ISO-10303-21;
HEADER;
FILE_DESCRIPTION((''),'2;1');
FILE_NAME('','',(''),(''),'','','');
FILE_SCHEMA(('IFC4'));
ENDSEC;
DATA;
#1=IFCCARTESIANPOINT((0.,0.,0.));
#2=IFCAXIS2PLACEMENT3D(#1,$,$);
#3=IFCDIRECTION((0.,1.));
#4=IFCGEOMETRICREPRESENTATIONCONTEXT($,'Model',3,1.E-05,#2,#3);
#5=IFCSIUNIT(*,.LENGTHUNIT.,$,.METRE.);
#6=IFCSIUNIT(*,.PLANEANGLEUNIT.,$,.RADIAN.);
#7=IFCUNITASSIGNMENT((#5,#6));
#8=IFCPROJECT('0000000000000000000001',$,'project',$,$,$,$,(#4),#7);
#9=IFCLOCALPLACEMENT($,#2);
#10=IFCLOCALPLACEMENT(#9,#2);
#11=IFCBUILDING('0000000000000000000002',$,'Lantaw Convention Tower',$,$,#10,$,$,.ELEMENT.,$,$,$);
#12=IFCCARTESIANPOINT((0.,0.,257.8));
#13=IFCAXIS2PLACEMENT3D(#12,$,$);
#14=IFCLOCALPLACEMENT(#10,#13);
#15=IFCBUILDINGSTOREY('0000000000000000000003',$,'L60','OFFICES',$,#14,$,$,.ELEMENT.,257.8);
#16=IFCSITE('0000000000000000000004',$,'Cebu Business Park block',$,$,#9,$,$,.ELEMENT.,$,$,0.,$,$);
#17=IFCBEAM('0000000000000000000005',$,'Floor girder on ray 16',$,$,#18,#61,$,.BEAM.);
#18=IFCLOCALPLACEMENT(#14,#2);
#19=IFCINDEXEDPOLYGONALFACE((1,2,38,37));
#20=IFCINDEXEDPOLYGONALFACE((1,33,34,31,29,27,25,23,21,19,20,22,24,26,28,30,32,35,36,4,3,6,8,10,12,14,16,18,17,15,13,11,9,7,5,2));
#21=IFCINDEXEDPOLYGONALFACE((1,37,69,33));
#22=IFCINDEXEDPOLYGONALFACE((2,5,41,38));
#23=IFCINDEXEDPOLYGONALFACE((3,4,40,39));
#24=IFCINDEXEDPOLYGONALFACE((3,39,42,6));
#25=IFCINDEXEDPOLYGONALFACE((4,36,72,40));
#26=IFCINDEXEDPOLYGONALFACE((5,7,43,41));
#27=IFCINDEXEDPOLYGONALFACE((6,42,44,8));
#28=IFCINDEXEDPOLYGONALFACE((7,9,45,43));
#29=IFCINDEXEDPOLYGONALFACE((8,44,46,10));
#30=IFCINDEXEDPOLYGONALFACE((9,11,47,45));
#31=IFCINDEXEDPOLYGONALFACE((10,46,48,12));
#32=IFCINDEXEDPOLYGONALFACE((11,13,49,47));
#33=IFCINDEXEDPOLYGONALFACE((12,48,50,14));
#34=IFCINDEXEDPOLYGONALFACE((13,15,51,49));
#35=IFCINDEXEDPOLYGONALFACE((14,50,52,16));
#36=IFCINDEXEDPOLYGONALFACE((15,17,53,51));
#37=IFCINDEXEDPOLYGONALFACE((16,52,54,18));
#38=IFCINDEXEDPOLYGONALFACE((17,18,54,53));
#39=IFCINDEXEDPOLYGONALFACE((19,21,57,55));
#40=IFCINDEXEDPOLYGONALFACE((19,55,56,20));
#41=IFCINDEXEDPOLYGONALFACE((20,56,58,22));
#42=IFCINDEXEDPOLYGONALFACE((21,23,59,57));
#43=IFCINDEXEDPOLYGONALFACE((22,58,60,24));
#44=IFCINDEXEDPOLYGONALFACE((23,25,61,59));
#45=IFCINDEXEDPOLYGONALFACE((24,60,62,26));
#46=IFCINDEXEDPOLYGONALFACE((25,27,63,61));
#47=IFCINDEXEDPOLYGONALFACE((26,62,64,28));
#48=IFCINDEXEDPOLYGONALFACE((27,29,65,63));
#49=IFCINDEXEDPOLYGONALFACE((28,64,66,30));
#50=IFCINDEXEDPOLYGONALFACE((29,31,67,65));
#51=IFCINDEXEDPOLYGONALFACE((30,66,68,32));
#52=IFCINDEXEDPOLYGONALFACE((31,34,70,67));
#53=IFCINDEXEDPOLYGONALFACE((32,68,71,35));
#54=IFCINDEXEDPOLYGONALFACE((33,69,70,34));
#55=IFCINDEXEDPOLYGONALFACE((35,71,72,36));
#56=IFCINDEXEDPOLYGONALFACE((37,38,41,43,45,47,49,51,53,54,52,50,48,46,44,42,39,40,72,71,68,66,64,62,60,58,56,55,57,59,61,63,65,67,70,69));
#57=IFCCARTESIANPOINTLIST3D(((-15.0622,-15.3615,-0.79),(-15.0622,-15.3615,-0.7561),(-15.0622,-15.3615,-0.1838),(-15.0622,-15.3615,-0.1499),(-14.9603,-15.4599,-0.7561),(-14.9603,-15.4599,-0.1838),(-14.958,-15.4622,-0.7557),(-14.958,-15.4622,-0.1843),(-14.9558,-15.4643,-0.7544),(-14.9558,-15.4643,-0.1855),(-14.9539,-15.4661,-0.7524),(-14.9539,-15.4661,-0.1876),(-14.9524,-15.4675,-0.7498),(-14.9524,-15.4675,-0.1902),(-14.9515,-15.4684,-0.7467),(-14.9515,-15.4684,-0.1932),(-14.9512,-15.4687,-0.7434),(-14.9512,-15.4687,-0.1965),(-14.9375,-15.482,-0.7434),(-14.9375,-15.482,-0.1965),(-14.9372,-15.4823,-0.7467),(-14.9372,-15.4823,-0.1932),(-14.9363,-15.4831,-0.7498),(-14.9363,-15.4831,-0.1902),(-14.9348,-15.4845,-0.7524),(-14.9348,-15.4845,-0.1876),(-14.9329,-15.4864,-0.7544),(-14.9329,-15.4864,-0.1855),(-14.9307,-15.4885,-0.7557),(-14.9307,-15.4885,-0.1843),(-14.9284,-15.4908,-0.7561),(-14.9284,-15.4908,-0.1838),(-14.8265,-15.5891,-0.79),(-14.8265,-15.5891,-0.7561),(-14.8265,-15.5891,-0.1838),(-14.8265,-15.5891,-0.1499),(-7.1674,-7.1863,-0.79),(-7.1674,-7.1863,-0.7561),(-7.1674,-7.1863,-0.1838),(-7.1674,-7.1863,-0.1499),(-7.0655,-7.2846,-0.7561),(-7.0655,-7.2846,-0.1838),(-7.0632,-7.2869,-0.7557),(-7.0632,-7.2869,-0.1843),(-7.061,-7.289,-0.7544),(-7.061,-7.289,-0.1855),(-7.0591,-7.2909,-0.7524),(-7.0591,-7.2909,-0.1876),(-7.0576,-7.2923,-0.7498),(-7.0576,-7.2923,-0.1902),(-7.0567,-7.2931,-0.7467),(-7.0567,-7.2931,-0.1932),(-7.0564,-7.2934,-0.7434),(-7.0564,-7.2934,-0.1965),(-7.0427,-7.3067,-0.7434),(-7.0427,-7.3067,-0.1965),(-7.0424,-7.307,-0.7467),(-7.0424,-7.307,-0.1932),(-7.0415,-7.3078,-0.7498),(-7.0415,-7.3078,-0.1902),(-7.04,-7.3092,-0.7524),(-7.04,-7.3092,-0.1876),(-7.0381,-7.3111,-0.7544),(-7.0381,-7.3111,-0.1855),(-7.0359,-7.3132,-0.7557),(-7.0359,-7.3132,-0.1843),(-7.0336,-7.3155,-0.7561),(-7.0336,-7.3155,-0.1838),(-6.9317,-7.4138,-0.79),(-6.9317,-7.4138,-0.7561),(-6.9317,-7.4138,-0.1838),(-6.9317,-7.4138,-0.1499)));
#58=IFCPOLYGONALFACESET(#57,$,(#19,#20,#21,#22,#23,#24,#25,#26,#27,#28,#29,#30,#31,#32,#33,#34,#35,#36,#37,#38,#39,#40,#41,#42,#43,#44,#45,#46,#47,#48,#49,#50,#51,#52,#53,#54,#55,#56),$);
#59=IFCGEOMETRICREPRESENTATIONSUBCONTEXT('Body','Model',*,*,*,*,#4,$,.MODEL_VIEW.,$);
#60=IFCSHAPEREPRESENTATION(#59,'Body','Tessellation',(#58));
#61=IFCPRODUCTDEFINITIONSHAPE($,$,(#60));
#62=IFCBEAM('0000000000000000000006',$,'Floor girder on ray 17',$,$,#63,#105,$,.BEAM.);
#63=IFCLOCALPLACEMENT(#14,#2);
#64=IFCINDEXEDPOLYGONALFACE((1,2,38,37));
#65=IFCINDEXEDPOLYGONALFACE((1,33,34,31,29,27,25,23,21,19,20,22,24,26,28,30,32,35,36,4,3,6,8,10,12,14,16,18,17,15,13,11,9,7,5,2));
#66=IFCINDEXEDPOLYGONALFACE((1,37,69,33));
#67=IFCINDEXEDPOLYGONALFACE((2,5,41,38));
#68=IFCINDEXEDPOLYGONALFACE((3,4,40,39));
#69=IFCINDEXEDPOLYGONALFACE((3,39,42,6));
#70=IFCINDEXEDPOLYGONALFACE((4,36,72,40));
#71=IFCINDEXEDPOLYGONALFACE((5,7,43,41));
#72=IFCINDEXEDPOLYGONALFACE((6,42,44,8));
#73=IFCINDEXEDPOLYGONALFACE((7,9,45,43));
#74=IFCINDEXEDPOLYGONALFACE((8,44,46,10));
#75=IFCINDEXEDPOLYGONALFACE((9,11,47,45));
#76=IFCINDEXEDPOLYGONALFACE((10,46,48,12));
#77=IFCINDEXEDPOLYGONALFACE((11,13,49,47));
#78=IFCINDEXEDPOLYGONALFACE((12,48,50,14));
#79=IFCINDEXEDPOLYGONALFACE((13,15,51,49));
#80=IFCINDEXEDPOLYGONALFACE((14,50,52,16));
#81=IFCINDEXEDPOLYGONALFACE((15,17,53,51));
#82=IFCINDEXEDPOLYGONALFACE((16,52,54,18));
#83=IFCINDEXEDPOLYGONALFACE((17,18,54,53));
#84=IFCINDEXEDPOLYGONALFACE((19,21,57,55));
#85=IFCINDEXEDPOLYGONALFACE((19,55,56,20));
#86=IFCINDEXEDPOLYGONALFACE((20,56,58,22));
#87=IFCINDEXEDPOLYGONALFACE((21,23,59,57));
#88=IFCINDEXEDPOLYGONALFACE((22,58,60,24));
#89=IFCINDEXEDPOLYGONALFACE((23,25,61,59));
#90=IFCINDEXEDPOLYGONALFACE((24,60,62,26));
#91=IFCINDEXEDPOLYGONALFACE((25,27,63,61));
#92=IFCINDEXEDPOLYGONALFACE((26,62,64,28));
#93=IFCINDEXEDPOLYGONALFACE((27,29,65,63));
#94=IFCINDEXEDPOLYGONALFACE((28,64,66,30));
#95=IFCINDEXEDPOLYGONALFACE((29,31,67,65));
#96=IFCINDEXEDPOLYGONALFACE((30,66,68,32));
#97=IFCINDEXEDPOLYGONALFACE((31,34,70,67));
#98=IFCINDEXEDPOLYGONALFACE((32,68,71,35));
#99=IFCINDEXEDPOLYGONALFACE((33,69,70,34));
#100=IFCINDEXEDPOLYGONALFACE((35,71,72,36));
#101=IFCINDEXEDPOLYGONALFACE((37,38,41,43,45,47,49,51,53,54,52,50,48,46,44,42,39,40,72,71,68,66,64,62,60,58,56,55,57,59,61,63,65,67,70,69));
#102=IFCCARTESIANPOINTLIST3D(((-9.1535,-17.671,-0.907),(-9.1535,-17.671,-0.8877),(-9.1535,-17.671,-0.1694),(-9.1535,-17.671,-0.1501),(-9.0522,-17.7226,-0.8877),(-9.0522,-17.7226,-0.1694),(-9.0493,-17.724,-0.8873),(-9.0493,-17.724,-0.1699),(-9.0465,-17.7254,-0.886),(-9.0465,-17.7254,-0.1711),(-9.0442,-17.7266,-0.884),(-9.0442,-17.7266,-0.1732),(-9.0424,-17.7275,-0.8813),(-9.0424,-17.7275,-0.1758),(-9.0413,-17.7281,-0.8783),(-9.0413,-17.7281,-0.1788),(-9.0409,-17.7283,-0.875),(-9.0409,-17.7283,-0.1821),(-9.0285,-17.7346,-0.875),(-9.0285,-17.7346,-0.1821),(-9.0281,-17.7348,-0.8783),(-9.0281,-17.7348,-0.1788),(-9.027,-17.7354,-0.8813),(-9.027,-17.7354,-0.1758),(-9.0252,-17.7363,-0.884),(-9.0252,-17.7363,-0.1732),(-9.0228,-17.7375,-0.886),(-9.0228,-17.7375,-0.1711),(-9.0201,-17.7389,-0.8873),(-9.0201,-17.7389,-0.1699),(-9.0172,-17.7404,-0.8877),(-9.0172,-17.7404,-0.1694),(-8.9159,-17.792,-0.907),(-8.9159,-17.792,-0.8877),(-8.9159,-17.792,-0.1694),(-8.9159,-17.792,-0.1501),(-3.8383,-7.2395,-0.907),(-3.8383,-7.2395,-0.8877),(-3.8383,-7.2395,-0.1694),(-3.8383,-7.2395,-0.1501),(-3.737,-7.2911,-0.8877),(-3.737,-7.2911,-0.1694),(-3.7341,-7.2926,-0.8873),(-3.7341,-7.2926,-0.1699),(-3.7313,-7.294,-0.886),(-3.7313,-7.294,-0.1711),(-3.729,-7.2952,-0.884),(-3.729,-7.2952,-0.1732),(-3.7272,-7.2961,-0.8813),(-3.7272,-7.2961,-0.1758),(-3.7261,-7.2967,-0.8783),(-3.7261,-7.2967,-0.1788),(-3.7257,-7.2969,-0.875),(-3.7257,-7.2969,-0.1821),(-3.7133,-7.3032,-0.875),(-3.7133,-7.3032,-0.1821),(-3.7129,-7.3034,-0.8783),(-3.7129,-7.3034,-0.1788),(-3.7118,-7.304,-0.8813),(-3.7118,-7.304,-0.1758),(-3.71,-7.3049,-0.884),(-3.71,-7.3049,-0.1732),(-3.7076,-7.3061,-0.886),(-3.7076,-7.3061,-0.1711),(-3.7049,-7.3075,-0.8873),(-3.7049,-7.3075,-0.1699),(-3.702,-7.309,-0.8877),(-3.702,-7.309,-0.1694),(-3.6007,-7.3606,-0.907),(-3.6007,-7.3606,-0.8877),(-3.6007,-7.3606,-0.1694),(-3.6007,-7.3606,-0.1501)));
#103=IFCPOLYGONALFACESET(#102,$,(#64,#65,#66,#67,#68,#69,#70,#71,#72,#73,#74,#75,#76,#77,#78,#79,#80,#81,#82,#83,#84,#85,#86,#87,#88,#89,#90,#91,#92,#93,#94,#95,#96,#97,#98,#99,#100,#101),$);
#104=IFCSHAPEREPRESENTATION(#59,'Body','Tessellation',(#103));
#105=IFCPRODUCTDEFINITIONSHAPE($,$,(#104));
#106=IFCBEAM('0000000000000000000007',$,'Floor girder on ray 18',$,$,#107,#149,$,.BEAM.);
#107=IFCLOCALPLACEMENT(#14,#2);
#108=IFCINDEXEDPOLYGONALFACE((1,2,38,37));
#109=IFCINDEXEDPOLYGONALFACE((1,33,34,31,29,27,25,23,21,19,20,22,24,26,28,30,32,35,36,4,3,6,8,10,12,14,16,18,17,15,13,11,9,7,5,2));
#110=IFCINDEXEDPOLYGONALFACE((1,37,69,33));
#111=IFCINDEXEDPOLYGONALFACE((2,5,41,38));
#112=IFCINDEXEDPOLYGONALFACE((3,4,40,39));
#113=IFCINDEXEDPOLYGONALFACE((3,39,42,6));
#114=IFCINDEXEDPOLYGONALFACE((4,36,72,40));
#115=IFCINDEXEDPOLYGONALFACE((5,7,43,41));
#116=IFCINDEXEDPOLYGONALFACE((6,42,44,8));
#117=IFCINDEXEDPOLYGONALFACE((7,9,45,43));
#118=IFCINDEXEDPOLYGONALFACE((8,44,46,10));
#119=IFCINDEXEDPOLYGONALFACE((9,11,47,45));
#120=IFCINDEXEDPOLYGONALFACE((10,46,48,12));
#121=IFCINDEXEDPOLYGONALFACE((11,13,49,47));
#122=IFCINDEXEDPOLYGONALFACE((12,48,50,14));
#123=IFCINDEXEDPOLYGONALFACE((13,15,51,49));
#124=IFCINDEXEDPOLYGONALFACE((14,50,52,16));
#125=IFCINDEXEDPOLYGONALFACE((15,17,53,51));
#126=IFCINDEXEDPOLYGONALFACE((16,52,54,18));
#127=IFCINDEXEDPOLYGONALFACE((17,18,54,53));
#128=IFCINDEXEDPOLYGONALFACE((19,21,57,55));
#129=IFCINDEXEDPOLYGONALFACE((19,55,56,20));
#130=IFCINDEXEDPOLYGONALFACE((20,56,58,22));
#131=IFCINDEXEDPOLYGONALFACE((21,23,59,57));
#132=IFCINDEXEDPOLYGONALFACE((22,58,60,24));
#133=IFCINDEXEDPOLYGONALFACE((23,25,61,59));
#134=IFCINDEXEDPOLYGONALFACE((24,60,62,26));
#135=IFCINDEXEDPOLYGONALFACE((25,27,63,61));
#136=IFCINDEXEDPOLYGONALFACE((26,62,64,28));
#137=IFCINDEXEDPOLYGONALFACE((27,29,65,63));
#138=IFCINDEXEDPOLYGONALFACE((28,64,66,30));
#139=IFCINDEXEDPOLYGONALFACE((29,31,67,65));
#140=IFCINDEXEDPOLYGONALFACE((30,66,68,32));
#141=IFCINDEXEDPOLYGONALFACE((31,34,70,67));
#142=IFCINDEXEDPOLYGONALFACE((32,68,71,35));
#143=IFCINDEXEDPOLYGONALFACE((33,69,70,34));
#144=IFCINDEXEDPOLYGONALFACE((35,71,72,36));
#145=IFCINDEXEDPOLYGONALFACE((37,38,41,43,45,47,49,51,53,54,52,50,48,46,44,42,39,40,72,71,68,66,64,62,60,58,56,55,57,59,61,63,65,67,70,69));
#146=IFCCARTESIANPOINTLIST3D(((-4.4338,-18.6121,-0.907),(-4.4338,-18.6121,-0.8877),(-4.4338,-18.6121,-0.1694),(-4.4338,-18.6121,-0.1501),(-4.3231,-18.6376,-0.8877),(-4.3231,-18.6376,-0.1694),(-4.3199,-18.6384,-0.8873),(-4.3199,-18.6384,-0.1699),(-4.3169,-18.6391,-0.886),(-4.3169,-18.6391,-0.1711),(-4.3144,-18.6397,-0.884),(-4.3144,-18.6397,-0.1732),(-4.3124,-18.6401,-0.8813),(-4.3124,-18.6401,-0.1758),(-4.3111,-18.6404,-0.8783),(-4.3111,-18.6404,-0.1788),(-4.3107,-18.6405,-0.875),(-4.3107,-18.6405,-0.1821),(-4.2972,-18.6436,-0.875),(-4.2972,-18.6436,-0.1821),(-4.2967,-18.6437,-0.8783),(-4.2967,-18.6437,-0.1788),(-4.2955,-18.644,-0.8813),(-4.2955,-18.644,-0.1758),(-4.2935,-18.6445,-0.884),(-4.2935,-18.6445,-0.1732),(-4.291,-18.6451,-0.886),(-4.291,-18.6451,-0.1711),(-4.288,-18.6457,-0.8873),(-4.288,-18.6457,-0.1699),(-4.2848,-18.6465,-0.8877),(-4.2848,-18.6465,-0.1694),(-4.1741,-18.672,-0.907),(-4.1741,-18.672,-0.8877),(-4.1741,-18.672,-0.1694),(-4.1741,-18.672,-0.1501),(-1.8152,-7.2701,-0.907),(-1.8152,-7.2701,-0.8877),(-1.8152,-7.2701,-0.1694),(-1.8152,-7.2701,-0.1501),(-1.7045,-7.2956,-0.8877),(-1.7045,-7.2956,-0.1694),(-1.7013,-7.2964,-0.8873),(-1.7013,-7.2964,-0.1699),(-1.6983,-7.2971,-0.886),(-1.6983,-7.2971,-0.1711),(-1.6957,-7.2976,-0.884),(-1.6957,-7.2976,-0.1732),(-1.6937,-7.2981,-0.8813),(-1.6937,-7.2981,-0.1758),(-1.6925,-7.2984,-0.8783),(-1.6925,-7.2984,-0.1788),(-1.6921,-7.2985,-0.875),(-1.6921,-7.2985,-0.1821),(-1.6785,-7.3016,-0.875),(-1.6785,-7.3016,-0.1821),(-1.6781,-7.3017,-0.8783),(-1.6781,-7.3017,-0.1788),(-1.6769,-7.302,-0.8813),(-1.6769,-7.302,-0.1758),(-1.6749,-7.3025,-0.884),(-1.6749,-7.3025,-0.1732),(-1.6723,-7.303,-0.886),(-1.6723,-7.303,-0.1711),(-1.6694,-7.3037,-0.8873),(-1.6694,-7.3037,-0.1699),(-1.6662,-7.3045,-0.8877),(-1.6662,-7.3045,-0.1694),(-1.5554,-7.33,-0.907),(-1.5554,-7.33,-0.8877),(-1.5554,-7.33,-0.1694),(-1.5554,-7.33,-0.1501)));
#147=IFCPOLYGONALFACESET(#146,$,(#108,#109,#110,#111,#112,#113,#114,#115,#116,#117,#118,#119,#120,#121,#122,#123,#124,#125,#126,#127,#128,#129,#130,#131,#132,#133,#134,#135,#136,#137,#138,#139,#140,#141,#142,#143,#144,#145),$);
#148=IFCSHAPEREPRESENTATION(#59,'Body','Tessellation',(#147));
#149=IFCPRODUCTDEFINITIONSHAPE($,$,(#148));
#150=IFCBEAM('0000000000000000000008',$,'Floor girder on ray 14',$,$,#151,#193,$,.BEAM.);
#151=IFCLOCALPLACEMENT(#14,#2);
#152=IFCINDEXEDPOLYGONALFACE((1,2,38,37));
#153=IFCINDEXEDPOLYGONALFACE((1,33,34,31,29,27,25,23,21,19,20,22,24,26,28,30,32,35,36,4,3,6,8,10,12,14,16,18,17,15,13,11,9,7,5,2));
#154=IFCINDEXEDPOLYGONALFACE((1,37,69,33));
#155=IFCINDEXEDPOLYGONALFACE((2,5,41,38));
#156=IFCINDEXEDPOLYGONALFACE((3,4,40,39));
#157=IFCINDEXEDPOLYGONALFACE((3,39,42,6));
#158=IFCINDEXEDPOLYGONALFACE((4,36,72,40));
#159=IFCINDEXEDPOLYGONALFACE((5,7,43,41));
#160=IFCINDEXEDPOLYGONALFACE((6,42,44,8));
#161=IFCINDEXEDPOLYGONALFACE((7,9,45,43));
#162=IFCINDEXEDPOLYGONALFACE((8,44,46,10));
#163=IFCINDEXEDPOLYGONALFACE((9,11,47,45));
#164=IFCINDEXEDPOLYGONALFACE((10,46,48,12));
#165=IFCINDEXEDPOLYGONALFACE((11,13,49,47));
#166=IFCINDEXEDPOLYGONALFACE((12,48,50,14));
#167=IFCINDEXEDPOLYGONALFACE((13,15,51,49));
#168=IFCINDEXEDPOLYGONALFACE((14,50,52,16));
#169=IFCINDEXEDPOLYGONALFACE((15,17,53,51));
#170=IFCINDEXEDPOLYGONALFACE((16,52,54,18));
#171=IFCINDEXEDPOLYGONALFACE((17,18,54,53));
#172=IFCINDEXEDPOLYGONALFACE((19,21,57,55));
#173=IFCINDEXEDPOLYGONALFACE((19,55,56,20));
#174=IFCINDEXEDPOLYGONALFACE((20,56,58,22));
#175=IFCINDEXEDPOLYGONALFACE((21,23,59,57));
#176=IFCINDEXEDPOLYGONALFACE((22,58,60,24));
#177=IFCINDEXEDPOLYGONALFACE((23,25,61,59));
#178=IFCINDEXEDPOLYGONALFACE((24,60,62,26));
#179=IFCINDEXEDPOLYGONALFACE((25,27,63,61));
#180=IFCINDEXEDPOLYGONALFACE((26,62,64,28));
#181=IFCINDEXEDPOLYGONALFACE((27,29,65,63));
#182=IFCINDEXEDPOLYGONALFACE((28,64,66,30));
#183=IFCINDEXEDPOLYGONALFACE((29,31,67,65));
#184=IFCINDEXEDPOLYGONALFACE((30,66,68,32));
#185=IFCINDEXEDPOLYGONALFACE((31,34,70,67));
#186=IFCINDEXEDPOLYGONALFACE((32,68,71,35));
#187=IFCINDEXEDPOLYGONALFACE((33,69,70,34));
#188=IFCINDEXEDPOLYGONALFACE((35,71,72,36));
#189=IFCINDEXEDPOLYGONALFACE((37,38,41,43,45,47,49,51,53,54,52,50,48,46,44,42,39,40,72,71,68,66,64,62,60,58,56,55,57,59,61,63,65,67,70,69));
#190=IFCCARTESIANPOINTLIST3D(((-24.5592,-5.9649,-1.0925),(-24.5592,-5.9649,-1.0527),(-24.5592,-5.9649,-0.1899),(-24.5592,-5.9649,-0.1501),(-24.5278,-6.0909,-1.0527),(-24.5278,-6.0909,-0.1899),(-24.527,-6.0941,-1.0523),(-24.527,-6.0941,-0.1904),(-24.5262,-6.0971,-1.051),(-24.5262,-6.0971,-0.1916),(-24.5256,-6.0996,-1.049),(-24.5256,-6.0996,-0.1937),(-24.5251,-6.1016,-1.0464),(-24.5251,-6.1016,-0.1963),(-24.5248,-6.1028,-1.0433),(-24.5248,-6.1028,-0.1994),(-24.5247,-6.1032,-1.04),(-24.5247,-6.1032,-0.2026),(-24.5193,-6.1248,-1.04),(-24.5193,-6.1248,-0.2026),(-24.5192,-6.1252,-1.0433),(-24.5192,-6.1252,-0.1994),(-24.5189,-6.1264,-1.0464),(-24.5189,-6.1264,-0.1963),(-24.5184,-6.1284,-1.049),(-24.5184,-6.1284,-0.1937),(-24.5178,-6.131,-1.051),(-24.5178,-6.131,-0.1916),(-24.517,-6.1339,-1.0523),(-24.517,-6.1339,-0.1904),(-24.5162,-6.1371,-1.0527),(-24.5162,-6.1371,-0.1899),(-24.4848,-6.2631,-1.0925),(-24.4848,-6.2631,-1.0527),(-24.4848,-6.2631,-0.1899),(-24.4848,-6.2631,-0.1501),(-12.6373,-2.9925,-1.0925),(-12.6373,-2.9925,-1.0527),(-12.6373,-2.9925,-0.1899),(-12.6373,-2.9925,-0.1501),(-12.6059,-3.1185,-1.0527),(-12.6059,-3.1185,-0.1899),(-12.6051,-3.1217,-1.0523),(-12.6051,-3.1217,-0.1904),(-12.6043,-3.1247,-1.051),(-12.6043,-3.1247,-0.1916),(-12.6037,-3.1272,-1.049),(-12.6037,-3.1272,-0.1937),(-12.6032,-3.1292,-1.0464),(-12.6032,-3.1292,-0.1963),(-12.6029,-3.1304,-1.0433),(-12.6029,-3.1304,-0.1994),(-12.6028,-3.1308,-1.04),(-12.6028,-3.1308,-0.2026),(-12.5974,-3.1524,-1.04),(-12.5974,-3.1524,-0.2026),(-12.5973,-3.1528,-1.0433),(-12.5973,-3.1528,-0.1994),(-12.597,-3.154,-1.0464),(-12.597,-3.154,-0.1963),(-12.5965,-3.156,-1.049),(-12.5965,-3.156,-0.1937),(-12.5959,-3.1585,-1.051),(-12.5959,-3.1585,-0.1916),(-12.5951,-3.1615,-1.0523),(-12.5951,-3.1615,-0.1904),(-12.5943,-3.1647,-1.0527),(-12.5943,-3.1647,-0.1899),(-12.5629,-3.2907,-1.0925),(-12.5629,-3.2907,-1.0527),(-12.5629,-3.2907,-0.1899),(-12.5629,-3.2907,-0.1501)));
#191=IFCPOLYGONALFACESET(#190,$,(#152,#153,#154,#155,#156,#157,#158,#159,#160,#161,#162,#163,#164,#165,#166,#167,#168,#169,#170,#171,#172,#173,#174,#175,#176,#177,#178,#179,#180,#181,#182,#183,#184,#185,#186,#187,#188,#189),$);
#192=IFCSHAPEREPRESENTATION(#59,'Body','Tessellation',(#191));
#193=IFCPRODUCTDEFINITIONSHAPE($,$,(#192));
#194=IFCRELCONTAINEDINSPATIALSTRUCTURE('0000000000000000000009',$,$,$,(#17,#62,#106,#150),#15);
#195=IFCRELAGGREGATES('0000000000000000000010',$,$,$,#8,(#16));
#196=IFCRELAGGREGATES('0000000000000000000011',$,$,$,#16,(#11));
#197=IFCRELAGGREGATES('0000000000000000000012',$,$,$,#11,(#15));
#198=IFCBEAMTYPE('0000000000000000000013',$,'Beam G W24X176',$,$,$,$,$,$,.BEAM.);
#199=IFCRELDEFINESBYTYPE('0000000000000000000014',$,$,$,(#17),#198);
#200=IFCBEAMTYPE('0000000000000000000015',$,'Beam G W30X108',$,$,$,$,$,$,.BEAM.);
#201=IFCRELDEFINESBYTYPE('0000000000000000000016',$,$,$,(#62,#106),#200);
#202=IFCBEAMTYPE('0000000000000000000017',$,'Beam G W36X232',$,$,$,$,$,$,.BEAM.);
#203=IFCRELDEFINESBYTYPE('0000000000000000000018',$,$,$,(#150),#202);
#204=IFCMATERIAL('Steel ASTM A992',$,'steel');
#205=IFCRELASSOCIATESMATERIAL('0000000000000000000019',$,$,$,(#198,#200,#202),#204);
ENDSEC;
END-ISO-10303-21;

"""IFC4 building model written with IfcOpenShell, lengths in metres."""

from ifc_helpers import new_model, si_unit, direction, frame, origin, origin_2d, place, context, subcontext, project, spatial, i_section, extrude, material, material_profile, profile_set, type_object, element, save


model = new_model("IFC4")

# Units and contexts
model_context = context("Model", 3, precision=1e-05, world=origin(), true_north=direction((0.0, 1.0)))
body_context = subcontext(model_context, "Body", "Model", "MODEL_VIEW")
ifc_project = project(units=[si_unit("LENGTHUNIT", "METRE"), si_unit("PLANEANGLEUNIT", "RADIAN")], contexts=[model_context])

# Site, building, storey
site_placement = place(None, origin())
site = spatial("IfcSite", under=ifc_project, at=site_placement, Name="Cebu Business Park block", CompositionType="ELEMENT", RefElevation=0.0)
building_placement = place(site_placement, origin())
building = spatial("IfcBuilding", under=site, at=building_placement, Name="Lantaw Convention Tower", CompositionType="ELEMENT")
storey_placement = place(building_placement, frame((0.0, 0.0, 257.8)))
storey = spatial("IfcBuildingStorey", under=building, at=storey_placement, Name="L60", Description="OFFICES", CompositionType="ELEMENT", Elevation=257.8)

# Beams
ifc_material_1 = material(Name="Steel ASTM A992", Category="steel")
ifc_material_profile_1 = material_profile(ifc_material_1, i_section(OverallWidth=0.3276, OverallDepth=0.6401, WebThickness=0.019, FlangeThickness=0.0339, FilletRadius=0.0127, at=origin_2d()), Name="W24X176")
ifc_profile_set_1 = profile_set([ifc_material_profile_1], Name="Steel ASTM A992")
beam_type_1 = type_object("IfcBeamType", Name="Beam G W24X176", PredefinedType="BEAM", material=ifc_profile_set_1)
beam_1_placement = place(storey_placement, frame((-7.0496, -7.3, -0.47), z_axis=(-0.694658, -0.71934, 0.0), x_axis=(0.71934, -0.694658, 0.0)))
element("IfcBeam", 1, at=beam_1_placement, inside=storey, type_object=beam_type_1, Name="Floor girder on ray 16", PredefinedType="BEAM", context=body_context, shape_type="SweptSolid", body=[
    extrude(i_section(OverallWidth=0.3276, OverallDepth=0.6401, WebThickness=0.019, FlangeThickness=0.0339, FilletRadius=0.0127, at=origin_2d()), origin(), (0.0, 0.0, 1.0), 11.365),
])
ifc_material_profile_2 = material_profile(ifc_material_1, i_section(OverallWidth=0.2666, OverallDepth=0.7568, WebThickness=0.0139, FlangeThickness=0.0193, FilletRadius=0.0127, at=origin_2d()), Name="W30X108")
ifc_profile_set_2 = profile_set([ifc_material_profile_2], Name="Steel ASTM A992")
beam_type_2 = type_object("IfcBeamType", Name="Beam G W30X108", PredefinedType="BEAM", material=ifc_profile_set_2)
beam_2_placement = place(storey_placement, frame((-3.7195, -7.3, -0.5286), z_axis=(-0.453999, -0.891002, 0.0), x_axis=(0.891002, -0.453999, 0.0)))
element("IfcBeam", 2, at=beam_2_placement, inside=storey, type_object=beam_type_2, Name="Floor girder on ray 17", PredefinedType="BEAM", context=body_context, shape_type="SweptSolid", body=[
    extrude(i_section(OverallWidth=0.2666, OverallDepth=0.7568, WebThickness=0.0139, FlangeThickness=0.0193, FilletRadius=0.0127, at=origin_2d()), origin(), (0.0, 0.0, 1.0), 11.7075),
])
beam_3_placement = place(storey_placement, frame((-1.6853, -7.3, -0.5286), z_axis=(-0.224962, -0.974368, 0.0), x_axis=(0.974368, -0.224962, 0.0)))
element("IfcBeam", 3, at=beam_3_placement, inside=storey, type_object=beam_type_2, Name="Floor girder on ray 18", PredefinedType="BEAM", context=body_context, shape_type="SweptSolid", body=[
    extrude(i_section(OverallWidth=0.2666, OverallDepth=0.7568, WebThickness=0.0139, FlangeThickness=0.0193, FilletRadius=0.0127, at=origin_2d()), origin(), (0.0, 0.0, 1.0), 11.6404),
])
ifc_material_profile_3 = material_profile(ifc_material_1, i_section(OverallWidth=0.3074, OverallDepth=0.9424, WebThickness=0.0222, FlangeThickness=0.0398, FilletRadius=0.0127, at=origin_2d()), Name="W36X232")
ifc_profile_set_3 = profile_set([ifc_material_profile_3], Name="Steel ASTM A992")
beam_type_3 = type_object("IfcBeamType", Name="Beam G W36X232", PredefinedType="BEAM", material=ifc_profile_set_3)
beam_4_placement = place(storey_placement, frame((-12.6001, -3.1416, -0.6213), z_axis=(-0.970297, -0.241918, 0.0), x_axis=(0.241918, -0.970297, 0.0)))
element("IfcBeam", 4, at=beam_4_placement, inside=storey, type_object=beam_type_3, Name="Floor girder on ray 14", PredefinedType="BEAM", context=body_context, shape_type="SweptSolid", body=[
    extrude(i_section(OverallWidth=0.3074, OverallDepth=0.9424, WebThickness=0.0222, FlangeThickness=0.0398, FilletRadius=0.0127, at=origin_2d()), origin(), (0.0, 0.0, 1.0), 12.2869),
])

save(model, "model.ifc")
